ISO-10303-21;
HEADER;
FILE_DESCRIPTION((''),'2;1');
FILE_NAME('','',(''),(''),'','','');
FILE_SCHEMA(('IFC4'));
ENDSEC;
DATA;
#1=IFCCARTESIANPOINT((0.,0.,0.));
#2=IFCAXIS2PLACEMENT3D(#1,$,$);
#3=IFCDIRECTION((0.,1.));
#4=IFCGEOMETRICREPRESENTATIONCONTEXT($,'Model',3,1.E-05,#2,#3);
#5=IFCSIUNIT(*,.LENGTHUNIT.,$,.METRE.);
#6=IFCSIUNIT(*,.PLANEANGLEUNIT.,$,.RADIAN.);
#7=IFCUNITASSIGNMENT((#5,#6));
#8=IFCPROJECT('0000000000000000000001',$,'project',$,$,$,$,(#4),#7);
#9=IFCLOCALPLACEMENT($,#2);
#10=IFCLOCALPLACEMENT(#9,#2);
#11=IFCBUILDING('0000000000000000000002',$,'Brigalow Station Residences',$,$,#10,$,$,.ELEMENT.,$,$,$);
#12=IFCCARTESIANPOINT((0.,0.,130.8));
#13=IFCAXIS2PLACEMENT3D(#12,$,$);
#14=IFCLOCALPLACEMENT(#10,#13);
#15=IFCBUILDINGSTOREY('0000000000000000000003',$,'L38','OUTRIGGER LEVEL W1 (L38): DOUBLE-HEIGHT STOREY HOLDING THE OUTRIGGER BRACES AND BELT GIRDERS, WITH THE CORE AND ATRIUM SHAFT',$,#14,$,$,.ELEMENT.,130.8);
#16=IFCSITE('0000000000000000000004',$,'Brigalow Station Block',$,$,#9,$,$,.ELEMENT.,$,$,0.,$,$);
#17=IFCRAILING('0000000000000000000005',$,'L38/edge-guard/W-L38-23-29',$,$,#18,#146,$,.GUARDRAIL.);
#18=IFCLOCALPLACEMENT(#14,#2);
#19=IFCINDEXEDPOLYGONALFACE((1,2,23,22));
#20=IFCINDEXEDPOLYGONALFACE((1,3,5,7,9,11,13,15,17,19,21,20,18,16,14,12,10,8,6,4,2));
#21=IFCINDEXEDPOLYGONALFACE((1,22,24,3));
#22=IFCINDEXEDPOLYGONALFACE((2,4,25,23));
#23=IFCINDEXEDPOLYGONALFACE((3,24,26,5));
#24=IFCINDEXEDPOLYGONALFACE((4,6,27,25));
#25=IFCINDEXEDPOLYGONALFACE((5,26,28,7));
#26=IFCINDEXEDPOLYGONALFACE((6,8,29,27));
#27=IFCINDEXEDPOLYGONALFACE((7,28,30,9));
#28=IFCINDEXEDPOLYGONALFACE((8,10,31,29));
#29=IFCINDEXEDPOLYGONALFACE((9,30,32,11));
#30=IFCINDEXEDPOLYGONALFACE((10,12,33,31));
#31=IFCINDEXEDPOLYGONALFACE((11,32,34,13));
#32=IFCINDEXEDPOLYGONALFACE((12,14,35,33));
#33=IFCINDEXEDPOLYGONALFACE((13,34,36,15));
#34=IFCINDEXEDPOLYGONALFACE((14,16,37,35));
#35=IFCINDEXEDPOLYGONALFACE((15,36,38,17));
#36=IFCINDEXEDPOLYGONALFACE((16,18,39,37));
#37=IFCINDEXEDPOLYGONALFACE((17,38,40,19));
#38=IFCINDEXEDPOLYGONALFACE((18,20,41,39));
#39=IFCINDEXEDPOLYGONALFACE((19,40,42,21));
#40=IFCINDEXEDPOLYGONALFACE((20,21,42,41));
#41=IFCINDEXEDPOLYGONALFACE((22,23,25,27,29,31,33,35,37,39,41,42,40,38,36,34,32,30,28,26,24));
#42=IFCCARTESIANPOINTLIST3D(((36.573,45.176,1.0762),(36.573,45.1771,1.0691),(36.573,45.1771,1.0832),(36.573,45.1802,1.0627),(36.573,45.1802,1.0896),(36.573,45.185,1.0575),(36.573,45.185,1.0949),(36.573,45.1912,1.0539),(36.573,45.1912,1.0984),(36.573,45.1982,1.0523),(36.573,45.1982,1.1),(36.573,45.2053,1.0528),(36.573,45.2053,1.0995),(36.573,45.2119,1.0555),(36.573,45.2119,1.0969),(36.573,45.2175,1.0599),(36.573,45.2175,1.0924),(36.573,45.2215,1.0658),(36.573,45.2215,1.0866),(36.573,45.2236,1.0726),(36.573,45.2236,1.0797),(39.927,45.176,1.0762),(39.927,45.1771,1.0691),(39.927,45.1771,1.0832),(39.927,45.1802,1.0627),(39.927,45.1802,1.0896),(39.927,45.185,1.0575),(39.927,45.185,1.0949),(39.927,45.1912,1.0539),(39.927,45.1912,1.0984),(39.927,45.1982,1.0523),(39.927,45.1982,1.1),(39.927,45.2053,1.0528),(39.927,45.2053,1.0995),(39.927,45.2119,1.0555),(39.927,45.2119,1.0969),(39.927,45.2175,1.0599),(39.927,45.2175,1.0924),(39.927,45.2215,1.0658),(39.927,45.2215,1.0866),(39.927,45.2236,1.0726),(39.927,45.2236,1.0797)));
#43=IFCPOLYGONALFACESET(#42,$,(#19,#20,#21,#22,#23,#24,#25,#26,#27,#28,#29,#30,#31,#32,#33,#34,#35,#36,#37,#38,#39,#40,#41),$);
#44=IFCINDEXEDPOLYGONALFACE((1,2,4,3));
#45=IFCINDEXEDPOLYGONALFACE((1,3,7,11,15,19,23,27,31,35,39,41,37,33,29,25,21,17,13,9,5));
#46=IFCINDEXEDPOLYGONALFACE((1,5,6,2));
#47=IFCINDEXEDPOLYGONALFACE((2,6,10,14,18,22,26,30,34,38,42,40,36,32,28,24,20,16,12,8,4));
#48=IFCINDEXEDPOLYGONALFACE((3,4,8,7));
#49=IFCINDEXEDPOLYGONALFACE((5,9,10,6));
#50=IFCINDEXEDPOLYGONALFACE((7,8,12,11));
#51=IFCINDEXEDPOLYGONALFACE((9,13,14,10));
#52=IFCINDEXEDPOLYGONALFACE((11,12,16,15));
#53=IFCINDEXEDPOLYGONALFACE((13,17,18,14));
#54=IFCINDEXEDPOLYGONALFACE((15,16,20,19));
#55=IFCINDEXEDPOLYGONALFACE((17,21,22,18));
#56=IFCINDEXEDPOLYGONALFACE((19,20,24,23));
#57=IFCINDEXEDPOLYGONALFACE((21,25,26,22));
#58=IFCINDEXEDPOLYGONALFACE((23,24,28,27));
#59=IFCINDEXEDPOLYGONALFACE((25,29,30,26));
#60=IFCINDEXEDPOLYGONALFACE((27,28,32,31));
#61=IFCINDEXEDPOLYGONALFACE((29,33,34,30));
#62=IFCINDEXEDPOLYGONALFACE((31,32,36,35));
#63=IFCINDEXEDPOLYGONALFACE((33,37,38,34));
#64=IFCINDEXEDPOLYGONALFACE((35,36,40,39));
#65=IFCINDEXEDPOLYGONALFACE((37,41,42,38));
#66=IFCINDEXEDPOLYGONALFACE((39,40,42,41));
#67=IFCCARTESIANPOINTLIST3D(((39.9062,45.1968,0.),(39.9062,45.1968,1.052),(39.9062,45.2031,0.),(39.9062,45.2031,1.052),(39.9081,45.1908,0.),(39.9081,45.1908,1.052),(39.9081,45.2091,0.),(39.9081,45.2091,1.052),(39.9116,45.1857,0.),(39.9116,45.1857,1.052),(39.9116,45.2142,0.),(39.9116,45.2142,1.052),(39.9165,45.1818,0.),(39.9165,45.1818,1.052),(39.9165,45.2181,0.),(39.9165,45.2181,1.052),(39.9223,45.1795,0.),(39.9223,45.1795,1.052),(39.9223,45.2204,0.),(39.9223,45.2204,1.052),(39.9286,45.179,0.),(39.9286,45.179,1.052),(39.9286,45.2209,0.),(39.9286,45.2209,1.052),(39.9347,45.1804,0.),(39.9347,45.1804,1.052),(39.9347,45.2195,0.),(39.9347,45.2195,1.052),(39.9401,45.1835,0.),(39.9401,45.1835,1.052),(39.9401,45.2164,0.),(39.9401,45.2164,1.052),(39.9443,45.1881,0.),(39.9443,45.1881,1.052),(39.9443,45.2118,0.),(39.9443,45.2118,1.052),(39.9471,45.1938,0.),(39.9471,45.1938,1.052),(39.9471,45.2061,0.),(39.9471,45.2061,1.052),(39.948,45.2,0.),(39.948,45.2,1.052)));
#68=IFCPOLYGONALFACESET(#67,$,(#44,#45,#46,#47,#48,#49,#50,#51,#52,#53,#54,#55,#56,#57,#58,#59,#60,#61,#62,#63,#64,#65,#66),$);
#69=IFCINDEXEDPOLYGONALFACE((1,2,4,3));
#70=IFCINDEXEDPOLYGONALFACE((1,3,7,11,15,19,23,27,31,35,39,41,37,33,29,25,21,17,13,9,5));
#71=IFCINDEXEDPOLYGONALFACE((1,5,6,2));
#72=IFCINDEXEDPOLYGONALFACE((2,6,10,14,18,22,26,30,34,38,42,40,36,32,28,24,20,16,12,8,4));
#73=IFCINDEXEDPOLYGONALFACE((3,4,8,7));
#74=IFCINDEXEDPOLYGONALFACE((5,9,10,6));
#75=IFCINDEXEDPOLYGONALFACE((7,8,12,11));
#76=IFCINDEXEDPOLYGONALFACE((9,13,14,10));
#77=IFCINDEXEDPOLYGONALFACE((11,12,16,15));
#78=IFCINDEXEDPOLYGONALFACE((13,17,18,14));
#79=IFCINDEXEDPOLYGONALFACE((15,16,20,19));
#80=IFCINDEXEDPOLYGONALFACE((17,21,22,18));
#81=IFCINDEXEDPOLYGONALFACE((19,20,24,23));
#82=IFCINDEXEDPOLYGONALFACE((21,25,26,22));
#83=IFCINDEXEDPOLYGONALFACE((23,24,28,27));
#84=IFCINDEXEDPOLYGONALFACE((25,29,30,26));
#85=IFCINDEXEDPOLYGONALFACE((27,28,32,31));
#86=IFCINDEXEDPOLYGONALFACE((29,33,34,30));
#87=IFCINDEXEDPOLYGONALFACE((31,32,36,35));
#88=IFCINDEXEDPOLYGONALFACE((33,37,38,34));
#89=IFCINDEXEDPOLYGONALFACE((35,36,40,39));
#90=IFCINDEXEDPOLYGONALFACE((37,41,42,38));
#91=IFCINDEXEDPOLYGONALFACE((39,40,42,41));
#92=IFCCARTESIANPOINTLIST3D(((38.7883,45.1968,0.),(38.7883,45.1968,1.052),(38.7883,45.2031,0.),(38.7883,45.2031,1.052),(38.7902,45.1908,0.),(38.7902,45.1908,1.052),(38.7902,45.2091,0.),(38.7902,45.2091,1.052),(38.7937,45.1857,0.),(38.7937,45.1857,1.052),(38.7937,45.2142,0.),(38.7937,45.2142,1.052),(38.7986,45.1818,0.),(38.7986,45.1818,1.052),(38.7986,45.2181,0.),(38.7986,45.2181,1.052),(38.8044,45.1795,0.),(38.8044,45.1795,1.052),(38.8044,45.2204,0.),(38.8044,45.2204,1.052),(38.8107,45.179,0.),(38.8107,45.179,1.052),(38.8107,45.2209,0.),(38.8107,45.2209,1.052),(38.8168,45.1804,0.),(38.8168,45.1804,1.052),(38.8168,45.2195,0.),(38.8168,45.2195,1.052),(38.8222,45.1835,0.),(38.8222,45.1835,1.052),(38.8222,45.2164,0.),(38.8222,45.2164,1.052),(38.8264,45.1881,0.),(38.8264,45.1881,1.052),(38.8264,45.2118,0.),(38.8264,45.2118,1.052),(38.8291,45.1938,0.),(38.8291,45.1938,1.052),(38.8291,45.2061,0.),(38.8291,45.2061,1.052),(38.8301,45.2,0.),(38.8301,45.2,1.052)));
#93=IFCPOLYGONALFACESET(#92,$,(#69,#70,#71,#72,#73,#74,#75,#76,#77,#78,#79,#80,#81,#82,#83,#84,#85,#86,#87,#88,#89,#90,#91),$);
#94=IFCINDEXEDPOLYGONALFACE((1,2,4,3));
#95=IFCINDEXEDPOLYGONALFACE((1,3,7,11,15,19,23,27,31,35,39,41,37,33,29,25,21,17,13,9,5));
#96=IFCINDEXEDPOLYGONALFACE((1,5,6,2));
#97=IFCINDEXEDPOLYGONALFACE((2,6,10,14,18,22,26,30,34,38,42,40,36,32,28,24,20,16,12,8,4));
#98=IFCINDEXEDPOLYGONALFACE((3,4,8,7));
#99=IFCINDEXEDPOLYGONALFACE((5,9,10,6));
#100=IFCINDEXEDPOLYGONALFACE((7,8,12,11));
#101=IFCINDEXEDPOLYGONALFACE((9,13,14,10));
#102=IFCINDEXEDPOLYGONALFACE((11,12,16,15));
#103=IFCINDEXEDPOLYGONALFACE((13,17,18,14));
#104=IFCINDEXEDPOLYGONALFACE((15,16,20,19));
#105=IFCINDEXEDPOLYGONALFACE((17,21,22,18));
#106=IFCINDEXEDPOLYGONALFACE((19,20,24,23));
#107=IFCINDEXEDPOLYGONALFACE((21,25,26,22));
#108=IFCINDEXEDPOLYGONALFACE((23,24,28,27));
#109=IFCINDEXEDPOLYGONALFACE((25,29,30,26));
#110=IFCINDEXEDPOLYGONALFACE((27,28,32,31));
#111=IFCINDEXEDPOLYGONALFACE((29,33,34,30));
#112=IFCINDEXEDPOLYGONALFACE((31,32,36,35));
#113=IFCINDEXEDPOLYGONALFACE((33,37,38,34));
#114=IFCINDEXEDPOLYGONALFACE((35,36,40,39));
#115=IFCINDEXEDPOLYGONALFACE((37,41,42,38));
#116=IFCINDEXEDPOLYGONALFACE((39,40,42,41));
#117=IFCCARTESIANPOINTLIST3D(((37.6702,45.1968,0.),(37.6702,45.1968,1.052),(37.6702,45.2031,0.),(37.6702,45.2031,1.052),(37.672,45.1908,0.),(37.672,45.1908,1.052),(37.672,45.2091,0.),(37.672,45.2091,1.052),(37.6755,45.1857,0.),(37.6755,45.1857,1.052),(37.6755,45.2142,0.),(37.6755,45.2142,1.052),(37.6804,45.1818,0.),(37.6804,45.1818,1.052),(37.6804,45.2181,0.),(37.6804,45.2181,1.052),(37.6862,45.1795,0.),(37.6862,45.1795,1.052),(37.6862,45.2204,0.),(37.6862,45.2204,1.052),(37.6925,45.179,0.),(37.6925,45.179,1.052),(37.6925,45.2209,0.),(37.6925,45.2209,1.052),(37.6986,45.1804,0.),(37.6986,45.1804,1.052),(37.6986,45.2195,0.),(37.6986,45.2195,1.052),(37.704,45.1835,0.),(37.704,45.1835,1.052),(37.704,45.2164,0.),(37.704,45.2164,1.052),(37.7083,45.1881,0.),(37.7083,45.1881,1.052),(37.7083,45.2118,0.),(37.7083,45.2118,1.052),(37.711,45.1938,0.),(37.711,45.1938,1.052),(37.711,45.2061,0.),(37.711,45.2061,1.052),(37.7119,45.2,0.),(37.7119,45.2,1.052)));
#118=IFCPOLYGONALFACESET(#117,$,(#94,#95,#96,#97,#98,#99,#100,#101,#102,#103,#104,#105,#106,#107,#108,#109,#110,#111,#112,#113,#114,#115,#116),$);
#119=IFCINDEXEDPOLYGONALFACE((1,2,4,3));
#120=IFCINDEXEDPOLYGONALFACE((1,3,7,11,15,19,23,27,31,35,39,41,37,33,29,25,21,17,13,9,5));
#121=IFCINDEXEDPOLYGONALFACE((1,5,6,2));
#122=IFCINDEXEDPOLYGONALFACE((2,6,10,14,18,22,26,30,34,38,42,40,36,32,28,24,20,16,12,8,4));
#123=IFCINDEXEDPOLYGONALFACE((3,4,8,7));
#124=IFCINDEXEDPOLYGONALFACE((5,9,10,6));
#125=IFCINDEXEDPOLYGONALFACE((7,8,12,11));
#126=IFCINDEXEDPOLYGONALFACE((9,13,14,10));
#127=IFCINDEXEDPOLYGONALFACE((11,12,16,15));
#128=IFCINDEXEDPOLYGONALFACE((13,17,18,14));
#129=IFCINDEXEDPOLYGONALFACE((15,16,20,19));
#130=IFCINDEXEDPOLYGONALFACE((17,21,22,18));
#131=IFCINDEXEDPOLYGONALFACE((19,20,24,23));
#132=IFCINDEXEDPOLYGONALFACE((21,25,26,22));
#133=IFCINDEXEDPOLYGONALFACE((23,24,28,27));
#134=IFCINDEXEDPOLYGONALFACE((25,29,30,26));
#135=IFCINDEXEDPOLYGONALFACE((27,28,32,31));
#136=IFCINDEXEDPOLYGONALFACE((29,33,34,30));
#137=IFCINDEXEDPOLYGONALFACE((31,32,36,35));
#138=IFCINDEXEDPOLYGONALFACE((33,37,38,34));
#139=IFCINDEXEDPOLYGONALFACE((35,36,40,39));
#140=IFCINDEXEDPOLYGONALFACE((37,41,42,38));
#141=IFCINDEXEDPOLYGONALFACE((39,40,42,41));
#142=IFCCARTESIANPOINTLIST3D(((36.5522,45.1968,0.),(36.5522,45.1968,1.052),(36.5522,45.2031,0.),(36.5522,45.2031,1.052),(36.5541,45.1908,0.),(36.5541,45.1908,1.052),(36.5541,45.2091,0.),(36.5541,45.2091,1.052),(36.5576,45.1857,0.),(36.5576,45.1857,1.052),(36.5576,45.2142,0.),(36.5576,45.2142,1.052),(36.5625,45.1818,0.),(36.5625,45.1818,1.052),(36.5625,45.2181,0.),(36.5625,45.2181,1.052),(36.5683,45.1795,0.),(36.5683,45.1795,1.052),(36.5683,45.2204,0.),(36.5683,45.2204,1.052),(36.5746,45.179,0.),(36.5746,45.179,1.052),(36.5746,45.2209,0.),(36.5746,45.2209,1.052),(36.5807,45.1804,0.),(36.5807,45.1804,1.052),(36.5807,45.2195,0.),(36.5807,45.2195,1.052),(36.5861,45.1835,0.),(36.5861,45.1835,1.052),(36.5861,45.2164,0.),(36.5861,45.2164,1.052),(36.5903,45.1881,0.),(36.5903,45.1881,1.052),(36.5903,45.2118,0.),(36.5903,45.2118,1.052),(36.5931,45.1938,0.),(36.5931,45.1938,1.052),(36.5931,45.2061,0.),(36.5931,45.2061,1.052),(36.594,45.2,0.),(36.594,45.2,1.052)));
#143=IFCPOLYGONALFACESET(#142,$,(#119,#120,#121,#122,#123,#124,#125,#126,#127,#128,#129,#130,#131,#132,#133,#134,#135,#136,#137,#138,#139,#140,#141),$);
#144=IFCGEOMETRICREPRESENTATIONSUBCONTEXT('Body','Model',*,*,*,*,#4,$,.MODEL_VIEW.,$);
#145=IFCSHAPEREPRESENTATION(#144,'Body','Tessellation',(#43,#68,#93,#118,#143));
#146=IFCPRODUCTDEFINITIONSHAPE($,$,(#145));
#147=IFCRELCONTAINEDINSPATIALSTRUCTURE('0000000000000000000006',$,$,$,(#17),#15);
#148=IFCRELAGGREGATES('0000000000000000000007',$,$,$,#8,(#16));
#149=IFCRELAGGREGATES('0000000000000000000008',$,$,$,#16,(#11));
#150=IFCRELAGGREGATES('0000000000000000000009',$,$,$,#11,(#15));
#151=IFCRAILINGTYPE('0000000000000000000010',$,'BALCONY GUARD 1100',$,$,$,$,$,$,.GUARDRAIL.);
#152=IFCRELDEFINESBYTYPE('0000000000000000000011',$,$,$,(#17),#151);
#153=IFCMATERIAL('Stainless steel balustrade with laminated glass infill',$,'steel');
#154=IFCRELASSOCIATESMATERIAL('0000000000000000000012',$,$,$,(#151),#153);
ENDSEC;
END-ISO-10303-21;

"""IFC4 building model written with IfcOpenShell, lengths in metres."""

from ifc_helpers import new_model, si_unit, direction, frame, origin, origin_2d, place, context, subcontext, project, spatial, circle, extrude, material, type_object, element, save


model = new_model("IFC4")

# Units and contexts
model_context = context("Model", 3, precision=1e-05, world=origin(), true_north=direction((0.0, 1.0)))
body_context = subcontext(model_context, "Body", "Model", "MODEL_VIEW")
ifc_project = project(units=[si_unit("LENGTHUNIT", "METRE"), si_unit("PLANEANGLEUNIT", "RADIAN")], contexts=[model_context])

# Site, building, storey
site_placement = place(None, origin())
site = spatial("IfcSite", under=ifc_project, at=site_placement, Name="Brigalow Station Block", CompositionType="ELEMENT", RefElevation=0.0)
building_placement = place(site_placement, origin())
building = spatial("IfcBuilding", under=site, at=building_placement, Name="Brigalow Station Residences", CompositionType="ELEMENT")
storey_placement = place(building_placement, frame((0.0, 0.0, 130.8)))
storey = spatial("IfcBuildingStorey", under=building, at=storey_placement, Name="L38", Description="OUTRIGGER LEVEL W1 (L38): DOUBLE-HEIGHT STOREY HOLDING THE OUTRIGGER BRACES AND BELT GIRDERS, WITH THE CORE AND ATRIUM SHAFT", CompositionType="ELEMENT", Elevation=130.8)

# Railing
ifc_material_1 = material(Name="Stainless steel balustrade with laminated glass infill", Category="steel")
railing_type = type_object("IfcRailingType", Name="BALCONY GUARD 1100", PredefinedType="GUARDRAIL", material=ifc_material_1)
for number, where, name in (
    (1, (39.927, 45.2, 0.0), "L38/edge-guard/W-L38-23-29"),
):
    element("IfcRailing", number, at=place(storey_placement, frame(where)), inside=storey, type_object=railing_type, Name=name, PredefinedType="GUARDRAIL", context=body_context, shape_type="SweptSolid", body=[
        extrude(circle(Radius=0.0239, at=origin_2d()), frame((0.0, 0.0, 1.0762), z_axis=(-1.0, 0.0, 0.0), x_axis=(0.0, -1.0, 0.0)), (0.0, 0.0, 1.0), 3.354),
        extrude(circle(Radius=0.021, at=origin_2d()), origin(), (0.0, 0.0, 1.0), 1.052),
        extrude(circle(Radius=0.021, at=origin_2d()), frame((-1.1179, 0.0, 0.0)), (0.0, 0.0, 1.0), 1.052),
        extrude(circle(Radius=0.021, at=origin_2d()), frame((-2.2361, 0.0, 0.0)), (0.0, 0.0, 1.0), 1.052),
        extrude(circle(Radius=0.021, at=origin_2d()), frame((-3.354, 0.0, 0.0)), (0.0, 0.0, 1.0), 1.052),
    ])

save(model, "model.ifc")
